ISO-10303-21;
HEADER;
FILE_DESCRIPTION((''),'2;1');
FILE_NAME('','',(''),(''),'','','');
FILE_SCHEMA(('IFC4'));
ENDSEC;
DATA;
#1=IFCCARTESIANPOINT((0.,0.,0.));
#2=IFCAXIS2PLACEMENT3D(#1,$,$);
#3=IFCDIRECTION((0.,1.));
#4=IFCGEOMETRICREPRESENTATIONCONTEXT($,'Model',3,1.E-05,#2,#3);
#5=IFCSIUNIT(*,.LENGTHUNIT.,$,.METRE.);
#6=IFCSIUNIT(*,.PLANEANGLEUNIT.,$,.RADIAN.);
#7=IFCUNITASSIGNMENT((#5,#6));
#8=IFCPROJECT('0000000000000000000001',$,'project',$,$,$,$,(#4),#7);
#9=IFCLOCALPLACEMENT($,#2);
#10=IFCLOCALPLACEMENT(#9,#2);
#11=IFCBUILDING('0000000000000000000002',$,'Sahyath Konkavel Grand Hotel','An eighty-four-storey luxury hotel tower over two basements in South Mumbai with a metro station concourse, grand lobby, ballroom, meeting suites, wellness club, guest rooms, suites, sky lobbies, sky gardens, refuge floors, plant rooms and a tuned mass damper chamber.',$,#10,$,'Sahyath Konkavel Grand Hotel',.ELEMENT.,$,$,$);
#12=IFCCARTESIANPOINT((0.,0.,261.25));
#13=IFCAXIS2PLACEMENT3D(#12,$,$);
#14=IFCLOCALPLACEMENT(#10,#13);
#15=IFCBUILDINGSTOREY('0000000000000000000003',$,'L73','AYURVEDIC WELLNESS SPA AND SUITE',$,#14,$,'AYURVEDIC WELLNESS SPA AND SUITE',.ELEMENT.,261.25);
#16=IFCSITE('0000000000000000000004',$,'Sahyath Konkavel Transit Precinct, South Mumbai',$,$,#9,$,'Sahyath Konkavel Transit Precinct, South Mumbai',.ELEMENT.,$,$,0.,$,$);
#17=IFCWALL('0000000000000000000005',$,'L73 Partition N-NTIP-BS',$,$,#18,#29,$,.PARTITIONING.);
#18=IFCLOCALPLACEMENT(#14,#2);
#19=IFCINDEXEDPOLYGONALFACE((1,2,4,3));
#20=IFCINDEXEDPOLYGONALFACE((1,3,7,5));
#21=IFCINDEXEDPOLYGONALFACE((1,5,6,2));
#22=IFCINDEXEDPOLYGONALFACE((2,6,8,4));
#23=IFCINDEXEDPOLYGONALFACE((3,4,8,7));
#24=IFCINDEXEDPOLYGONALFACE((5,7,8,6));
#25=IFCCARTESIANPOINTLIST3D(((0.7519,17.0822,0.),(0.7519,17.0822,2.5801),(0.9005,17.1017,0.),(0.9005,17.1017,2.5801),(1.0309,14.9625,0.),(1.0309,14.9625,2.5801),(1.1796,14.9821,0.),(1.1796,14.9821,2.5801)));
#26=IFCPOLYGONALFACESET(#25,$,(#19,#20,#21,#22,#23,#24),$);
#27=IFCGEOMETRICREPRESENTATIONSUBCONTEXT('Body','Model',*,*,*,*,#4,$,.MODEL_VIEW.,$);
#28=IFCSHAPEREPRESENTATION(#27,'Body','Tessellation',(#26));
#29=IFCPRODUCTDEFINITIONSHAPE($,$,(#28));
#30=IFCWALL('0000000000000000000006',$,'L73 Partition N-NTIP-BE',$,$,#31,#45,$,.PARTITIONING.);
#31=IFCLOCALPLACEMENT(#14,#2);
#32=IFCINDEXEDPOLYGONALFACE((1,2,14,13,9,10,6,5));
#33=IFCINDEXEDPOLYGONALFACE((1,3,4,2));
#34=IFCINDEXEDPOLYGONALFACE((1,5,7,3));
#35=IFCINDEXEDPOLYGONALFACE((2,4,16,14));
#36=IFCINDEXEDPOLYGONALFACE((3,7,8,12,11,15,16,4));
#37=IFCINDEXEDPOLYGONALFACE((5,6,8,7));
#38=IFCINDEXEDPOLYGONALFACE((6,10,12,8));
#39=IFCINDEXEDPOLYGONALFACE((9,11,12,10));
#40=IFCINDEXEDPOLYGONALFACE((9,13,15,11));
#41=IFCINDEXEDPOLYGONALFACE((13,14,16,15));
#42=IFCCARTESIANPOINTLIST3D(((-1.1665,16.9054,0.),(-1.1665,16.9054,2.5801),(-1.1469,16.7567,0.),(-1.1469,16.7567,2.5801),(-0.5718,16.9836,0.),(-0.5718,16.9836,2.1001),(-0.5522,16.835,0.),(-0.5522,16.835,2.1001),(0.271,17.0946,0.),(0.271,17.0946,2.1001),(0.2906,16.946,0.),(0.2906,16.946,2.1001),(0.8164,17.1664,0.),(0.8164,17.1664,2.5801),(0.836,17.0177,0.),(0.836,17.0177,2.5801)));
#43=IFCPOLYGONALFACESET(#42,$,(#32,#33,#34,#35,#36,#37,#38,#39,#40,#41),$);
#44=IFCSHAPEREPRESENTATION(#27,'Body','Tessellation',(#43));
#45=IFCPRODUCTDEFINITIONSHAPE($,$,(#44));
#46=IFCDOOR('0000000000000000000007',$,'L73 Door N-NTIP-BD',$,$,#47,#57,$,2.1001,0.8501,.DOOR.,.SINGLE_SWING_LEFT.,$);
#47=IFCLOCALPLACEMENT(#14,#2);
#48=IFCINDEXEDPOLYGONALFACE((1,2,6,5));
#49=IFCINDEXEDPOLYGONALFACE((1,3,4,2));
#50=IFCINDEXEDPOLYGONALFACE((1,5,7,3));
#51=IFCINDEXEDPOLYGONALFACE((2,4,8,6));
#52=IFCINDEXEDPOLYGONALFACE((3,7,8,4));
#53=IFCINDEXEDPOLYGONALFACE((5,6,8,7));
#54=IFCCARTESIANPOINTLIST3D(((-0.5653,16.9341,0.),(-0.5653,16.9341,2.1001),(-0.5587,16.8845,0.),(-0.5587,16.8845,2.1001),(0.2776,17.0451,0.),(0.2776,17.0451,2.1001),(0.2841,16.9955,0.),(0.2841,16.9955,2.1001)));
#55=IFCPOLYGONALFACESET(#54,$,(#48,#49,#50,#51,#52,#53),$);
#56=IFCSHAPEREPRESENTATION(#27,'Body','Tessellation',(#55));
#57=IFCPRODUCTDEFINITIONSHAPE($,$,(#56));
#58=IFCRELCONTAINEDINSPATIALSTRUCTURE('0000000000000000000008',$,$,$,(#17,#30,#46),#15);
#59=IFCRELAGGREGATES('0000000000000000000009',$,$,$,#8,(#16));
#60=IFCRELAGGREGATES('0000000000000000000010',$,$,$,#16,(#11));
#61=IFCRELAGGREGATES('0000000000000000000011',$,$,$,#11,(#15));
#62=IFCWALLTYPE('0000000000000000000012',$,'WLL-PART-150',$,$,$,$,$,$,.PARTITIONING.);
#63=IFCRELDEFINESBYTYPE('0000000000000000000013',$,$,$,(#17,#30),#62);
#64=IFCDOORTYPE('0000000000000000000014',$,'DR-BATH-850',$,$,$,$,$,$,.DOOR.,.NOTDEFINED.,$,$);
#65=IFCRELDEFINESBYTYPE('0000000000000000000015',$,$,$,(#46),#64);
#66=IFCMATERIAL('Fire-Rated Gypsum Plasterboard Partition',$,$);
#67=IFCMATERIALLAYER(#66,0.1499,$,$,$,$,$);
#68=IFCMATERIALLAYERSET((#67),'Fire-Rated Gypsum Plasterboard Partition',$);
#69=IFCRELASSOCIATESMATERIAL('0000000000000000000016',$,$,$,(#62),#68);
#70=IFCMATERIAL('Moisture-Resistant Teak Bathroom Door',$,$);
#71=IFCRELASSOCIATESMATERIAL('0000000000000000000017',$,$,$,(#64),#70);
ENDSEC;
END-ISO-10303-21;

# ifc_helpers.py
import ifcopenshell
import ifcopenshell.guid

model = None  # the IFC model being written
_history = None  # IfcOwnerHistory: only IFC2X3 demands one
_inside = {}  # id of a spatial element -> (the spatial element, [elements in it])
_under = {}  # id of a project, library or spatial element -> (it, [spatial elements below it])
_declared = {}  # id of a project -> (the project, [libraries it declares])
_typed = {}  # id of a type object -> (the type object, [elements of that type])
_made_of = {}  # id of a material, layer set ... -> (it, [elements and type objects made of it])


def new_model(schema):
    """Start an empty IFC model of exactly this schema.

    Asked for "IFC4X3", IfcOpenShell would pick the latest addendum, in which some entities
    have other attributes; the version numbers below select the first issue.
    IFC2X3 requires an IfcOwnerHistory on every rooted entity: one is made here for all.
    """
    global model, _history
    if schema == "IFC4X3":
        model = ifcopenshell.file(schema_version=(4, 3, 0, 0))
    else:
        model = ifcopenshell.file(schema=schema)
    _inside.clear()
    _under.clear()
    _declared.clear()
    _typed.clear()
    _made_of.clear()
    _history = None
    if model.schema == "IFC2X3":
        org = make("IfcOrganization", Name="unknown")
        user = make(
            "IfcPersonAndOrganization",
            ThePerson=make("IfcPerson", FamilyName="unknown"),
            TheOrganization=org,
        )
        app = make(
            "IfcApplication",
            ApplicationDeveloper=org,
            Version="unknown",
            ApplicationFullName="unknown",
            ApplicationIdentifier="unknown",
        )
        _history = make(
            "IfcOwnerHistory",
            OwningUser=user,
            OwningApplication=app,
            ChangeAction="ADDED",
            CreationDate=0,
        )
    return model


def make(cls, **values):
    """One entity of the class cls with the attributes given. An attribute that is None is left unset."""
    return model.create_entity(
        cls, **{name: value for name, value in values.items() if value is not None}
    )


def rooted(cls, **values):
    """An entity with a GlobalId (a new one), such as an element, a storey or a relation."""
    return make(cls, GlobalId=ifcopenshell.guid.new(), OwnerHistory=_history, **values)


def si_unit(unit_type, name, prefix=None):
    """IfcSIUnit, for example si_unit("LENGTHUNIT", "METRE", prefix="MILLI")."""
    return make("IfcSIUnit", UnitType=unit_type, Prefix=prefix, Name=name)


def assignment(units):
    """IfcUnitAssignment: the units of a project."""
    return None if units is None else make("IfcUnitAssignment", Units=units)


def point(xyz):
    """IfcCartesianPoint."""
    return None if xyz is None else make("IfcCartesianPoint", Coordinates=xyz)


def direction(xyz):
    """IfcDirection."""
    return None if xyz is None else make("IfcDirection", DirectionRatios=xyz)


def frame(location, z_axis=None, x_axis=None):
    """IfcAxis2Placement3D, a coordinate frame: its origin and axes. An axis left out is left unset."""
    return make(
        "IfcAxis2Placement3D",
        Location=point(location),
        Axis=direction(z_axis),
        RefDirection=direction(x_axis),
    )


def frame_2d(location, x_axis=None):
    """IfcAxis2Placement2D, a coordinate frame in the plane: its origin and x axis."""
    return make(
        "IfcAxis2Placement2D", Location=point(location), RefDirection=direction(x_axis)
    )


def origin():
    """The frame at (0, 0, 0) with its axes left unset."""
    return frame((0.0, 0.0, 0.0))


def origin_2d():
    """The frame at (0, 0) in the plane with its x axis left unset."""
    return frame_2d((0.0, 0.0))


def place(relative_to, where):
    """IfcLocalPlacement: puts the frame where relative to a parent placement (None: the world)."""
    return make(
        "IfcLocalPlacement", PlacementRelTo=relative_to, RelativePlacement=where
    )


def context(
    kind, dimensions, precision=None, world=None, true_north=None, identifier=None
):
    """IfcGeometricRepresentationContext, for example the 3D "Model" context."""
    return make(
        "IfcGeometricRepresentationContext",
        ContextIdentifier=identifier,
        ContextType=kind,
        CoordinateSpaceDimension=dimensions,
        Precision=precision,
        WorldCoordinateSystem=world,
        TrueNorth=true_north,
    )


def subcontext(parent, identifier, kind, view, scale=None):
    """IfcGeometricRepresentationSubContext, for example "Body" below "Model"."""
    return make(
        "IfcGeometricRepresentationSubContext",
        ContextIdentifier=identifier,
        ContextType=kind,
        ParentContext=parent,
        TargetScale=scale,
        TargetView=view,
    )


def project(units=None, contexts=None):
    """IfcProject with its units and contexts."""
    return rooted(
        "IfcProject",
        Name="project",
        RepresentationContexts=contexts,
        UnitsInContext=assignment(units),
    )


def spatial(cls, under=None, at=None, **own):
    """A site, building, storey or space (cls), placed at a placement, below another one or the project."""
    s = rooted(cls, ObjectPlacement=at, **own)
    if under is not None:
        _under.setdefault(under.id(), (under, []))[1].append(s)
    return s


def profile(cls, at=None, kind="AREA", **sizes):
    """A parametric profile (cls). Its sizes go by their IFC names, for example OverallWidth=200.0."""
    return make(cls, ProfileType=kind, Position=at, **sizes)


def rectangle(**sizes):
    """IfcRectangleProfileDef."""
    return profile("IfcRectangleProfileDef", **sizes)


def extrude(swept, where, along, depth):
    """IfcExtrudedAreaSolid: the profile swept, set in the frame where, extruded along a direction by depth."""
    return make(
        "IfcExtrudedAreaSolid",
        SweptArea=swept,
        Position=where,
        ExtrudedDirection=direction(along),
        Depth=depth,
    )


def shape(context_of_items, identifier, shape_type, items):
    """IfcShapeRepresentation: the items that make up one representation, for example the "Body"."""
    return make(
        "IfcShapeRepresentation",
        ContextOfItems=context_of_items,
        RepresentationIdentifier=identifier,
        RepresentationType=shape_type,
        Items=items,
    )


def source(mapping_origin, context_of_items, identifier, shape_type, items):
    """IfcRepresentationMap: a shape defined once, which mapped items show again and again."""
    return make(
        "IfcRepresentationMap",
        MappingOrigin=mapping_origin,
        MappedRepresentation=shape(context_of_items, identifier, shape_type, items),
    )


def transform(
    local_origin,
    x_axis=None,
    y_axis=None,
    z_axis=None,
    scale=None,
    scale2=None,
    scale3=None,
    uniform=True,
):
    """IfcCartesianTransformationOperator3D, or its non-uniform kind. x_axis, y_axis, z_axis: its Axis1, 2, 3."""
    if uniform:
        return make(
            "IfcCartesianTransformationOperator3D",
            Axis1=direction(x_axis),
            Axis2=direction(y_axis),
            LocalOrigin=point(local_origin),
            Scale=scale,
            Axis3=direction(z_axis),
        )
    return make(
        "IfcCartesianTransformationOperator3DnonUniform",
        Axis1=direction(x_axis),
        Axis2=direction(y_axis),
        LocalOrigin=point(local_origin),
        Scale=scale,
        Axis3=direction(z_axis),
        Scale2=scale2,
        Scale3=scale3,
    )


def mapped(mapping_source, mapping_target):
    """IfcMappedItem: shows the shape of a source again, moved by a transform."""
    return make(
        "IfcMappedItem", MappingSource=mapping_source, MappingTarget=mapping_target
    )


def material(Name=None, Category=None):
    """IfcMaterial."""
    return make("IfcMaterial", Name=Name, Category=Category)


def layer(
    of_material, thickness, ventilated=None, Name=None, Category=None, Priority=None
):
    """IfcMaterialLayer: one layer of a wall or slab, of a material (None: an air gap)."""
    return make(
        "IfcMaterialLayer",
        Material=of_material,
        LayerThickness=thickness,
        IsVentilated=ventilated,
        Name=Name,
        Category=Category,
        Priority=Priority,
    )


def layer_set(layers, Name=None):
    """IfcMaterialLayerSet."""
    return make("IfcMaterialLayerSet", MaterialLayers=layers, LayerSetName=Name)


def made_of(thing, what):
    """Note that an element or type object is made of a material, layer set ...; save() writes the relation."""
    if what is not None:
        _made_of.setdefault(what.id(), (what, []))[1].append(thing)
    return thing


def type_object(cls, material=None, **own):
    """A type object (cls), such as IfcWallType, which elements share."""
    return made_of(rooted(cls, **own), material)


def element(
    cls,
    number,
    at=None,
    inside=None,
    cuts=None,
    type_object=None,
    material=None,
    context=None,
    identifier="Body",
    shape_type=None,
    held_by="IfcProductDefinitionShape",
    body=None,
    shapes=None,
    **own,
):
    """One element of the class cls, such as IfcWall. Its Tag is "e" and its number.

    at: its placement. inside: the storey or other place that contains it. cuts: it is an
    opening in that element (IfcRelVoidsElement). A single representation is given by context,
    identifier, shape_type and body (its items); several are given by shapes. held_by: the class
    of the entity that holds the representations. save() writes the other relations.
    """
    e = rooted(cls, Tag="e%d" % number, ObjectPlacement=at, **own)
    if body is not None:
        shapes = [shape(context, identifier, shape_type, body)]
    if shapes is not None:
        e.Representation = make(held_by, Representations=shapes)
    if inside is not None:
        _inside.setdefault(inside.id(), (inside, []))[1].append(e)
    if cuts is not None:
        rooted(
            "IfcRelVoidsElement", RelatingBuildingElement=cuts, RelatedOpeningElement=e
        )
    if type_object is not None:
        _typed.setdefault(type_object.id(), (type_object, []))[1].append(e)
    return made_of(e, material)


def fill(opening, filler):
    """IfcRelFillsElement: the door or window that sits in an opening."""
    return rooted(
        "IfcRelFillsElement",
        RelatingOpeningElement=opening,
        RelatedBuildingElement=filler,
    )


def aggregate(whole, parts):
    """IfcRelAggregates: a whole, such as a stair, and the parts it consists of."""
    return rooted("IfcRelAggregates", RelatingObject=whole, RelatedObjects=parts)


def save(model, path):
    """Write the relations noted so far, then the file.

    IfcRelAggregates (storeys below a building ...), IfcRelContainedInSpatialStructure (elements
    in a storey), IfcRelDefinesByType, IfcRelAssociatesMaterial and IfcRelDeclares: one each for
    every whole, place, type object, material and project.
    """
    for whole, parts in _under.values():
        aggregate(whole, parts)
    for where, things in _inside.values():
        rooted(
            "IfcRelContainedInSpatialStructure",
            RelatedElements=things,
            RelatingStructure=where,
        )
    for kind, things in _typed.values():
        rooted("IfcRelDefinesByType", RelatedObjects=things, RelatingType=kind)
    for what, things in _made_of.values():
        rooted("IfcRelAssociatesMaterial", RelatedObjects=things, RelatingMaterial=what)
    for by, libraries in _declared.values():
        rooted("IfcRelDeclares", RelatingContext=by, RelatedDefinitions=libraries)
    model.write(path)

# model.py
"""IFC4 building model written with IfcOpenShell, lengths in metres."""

from ifc_helpers import new_model, si_unit, direction, frame, frame_2d, origin, origin_2d, place, context, subcontext, project, spatial, rectangle, extrude, source, transform, mapped, material, layer, layer_set, type_object, element, fill, save


model = new_model("IFC4")

# Units and contexts
model_context = context("Model", 3, precision=1e-05, world=origin(), true_north=direction((0.0, 1.0)))
body_context = subcontext(model_context, "Body", "Model", "MODEL_VIEW")
ifc_project = project(units=[si_unit("LENGTHUNIT", "METRE"), si_unit("PLANEANGLEUNIT", "RADIAN")], contexts=[model_context])

# Site, building, storey
site_placement = place(None, origin())
site = spatial("IfcSite", under=ifc_project, at=site_placement, Name="Sahyath Konkavel Transit Precinct, South Mumbai", LongName="Sahyath Konkavel Transit Precinct, South Mumbai", CompositionType="ELEMENT", RefElevation=0.0)
building_placement = place(site_placement, origin())
building = spatial("IfcBuilding", under=site, at=building_placement, Name="Sahyath Konkavel Grand Hotel", Description="An eighty-four-storey luxury hotel tower over two basements in South Mumbai with a metro station concourse, grand lobby, ballroom, meeting suites, wellness club, guest rooms, suites, sky lobbies, sky gardens, refuge floors, plant rooms and a tuned mass damper chamber.", LongName="Sahyath Konkavel Grand Hotel", CompositionType="ELEMENT")
storey_placement = place(building_placement, frame((0.0, 0.0, 261.25)))
storey = spatial("IfcBuildingStorey", under=building, at=storey_placement, Name="L73", Description="AYURVEDIC WELLNESS SPA AND SUITE", LongName="AYURVEDIC WELLNESS SPA AND SUITE", CompositionType="ELEMENT", Elevation=261.25)

# Shared definitions
shared_shape_1 = source(origin(), body_context, "Body", "SweptSolid", [
    extrude(rectangle(XDim=0.8501, YDim=0.05, at=origin_2d()), origin(), (0.0, 0.0, 1.0), 2.1001),
])

# Wall
ifc_material_1 = material(Name="Fire-Rated Gypsum Plasterboard Partition")
ifc_layer_1 = layer(ifc_material_1, 0.1499)
ifc_layer_set_1 = layer_set([ifc_layer_1], Name="Fire-Rated Gypsum Plasterboard Partition")
wall_type_1 = type_object("IfcWallType", Name="WLL-PART-150", PredefinedType="PARTITIONING", material=ifc_layer_set_1)
wall_1_placement = place(storey_placement, frame((1.1052, 14.9724, 0.0), z_axis=(0.0, 0.0, 1.0), x_axis=(-0.130525, 0.991445, 0.0)))
element("IfcWall", 1, at=wall_1_placement, inside=storey, type_object=wall_type_1, Name="L73 Partition N-NTIP-BS", PredefinedType="PARTITIONING", context=body_context, shape_type="SweptSolid", body=[
    extrude(rectangle(XDim=2.1379, YDim=0.1499, at=frame_2d((1.0688, 0.0))), origin(), (0.0, 0.0, 1.0), 2.5801),
])

# Wall, opening, door
wall_2_placement = place(storey_placement, frame((0.8262, 17.092, 0.0), z_axis=(0.0, 0.0, 1.0), x_axis=(-0.991449, -0.130492, 0.0)))
wall_2 = element("IfcWall", 2, at=wall_2_placement, inside=storey, type_object=wall_type_1, Name="L73 Partition N-NTIP-BE", PredefinedType="PARTITIONING", context=body_context, shape_type="SweptSolid", body=[
    extrude(rectangle(XDim=2.0, YDim=0.1499, at=frame_2d((1.0, 0.0))), origin(), (0.0, 0.0, 1.0), 2.5801),
])
opening_1_placement = place(wall_2_placement, frame((0.55, 0.0, 0.0)))
opening_1 = element("IfcOpeningElement", 3, at=opening_1_placement, cuts=wall_2, PredefinedType="OPENING", context=body_context, shape_type="SweptSolid", body=[
    extrude(rectangle(XDim=0.8501, YDim=2.1001, at=frame_2d((0.425, 1.05))), frame((0.0, 0.085, 0.0), z_axis=(0.0, -1.0, 0.0), x_axis=(1.0, 0.0, 0.0)), (0.0, 0.0, 1.0), 0.1699),
])
ifc_material_2 = material(Name="Moisture-Resistant Teak Bathroom Door")
door_type_1 = type_object("IfcDoorType", Name="DR-BATH-850", OperationType="NOTDEFINED", PredefinedType="DOOR", material=ifc_material_2)
door_1_placement = place(opening_1_placement, frame((0.425, 0.0, 0.0)))
door_1 = element("IfcDoor", 4, at=door_1_placement, inside=storey, type_object=door_type_1, Name="L73 Door N-NTIP-BD", OperationType="SINGLE_SWING_LEFT", OverallHeight=2.1001, OverallWidth=0.8501, PredefinedType="DOOR", context=body_context, shape_type="MappedRepresentation", body=[
    mapped(shared_shape_1, transform((0.0, 0.0, 0.0), scale=1.0)),
])
fill(opening_1, door_1)

save(model, "model.ifc")
